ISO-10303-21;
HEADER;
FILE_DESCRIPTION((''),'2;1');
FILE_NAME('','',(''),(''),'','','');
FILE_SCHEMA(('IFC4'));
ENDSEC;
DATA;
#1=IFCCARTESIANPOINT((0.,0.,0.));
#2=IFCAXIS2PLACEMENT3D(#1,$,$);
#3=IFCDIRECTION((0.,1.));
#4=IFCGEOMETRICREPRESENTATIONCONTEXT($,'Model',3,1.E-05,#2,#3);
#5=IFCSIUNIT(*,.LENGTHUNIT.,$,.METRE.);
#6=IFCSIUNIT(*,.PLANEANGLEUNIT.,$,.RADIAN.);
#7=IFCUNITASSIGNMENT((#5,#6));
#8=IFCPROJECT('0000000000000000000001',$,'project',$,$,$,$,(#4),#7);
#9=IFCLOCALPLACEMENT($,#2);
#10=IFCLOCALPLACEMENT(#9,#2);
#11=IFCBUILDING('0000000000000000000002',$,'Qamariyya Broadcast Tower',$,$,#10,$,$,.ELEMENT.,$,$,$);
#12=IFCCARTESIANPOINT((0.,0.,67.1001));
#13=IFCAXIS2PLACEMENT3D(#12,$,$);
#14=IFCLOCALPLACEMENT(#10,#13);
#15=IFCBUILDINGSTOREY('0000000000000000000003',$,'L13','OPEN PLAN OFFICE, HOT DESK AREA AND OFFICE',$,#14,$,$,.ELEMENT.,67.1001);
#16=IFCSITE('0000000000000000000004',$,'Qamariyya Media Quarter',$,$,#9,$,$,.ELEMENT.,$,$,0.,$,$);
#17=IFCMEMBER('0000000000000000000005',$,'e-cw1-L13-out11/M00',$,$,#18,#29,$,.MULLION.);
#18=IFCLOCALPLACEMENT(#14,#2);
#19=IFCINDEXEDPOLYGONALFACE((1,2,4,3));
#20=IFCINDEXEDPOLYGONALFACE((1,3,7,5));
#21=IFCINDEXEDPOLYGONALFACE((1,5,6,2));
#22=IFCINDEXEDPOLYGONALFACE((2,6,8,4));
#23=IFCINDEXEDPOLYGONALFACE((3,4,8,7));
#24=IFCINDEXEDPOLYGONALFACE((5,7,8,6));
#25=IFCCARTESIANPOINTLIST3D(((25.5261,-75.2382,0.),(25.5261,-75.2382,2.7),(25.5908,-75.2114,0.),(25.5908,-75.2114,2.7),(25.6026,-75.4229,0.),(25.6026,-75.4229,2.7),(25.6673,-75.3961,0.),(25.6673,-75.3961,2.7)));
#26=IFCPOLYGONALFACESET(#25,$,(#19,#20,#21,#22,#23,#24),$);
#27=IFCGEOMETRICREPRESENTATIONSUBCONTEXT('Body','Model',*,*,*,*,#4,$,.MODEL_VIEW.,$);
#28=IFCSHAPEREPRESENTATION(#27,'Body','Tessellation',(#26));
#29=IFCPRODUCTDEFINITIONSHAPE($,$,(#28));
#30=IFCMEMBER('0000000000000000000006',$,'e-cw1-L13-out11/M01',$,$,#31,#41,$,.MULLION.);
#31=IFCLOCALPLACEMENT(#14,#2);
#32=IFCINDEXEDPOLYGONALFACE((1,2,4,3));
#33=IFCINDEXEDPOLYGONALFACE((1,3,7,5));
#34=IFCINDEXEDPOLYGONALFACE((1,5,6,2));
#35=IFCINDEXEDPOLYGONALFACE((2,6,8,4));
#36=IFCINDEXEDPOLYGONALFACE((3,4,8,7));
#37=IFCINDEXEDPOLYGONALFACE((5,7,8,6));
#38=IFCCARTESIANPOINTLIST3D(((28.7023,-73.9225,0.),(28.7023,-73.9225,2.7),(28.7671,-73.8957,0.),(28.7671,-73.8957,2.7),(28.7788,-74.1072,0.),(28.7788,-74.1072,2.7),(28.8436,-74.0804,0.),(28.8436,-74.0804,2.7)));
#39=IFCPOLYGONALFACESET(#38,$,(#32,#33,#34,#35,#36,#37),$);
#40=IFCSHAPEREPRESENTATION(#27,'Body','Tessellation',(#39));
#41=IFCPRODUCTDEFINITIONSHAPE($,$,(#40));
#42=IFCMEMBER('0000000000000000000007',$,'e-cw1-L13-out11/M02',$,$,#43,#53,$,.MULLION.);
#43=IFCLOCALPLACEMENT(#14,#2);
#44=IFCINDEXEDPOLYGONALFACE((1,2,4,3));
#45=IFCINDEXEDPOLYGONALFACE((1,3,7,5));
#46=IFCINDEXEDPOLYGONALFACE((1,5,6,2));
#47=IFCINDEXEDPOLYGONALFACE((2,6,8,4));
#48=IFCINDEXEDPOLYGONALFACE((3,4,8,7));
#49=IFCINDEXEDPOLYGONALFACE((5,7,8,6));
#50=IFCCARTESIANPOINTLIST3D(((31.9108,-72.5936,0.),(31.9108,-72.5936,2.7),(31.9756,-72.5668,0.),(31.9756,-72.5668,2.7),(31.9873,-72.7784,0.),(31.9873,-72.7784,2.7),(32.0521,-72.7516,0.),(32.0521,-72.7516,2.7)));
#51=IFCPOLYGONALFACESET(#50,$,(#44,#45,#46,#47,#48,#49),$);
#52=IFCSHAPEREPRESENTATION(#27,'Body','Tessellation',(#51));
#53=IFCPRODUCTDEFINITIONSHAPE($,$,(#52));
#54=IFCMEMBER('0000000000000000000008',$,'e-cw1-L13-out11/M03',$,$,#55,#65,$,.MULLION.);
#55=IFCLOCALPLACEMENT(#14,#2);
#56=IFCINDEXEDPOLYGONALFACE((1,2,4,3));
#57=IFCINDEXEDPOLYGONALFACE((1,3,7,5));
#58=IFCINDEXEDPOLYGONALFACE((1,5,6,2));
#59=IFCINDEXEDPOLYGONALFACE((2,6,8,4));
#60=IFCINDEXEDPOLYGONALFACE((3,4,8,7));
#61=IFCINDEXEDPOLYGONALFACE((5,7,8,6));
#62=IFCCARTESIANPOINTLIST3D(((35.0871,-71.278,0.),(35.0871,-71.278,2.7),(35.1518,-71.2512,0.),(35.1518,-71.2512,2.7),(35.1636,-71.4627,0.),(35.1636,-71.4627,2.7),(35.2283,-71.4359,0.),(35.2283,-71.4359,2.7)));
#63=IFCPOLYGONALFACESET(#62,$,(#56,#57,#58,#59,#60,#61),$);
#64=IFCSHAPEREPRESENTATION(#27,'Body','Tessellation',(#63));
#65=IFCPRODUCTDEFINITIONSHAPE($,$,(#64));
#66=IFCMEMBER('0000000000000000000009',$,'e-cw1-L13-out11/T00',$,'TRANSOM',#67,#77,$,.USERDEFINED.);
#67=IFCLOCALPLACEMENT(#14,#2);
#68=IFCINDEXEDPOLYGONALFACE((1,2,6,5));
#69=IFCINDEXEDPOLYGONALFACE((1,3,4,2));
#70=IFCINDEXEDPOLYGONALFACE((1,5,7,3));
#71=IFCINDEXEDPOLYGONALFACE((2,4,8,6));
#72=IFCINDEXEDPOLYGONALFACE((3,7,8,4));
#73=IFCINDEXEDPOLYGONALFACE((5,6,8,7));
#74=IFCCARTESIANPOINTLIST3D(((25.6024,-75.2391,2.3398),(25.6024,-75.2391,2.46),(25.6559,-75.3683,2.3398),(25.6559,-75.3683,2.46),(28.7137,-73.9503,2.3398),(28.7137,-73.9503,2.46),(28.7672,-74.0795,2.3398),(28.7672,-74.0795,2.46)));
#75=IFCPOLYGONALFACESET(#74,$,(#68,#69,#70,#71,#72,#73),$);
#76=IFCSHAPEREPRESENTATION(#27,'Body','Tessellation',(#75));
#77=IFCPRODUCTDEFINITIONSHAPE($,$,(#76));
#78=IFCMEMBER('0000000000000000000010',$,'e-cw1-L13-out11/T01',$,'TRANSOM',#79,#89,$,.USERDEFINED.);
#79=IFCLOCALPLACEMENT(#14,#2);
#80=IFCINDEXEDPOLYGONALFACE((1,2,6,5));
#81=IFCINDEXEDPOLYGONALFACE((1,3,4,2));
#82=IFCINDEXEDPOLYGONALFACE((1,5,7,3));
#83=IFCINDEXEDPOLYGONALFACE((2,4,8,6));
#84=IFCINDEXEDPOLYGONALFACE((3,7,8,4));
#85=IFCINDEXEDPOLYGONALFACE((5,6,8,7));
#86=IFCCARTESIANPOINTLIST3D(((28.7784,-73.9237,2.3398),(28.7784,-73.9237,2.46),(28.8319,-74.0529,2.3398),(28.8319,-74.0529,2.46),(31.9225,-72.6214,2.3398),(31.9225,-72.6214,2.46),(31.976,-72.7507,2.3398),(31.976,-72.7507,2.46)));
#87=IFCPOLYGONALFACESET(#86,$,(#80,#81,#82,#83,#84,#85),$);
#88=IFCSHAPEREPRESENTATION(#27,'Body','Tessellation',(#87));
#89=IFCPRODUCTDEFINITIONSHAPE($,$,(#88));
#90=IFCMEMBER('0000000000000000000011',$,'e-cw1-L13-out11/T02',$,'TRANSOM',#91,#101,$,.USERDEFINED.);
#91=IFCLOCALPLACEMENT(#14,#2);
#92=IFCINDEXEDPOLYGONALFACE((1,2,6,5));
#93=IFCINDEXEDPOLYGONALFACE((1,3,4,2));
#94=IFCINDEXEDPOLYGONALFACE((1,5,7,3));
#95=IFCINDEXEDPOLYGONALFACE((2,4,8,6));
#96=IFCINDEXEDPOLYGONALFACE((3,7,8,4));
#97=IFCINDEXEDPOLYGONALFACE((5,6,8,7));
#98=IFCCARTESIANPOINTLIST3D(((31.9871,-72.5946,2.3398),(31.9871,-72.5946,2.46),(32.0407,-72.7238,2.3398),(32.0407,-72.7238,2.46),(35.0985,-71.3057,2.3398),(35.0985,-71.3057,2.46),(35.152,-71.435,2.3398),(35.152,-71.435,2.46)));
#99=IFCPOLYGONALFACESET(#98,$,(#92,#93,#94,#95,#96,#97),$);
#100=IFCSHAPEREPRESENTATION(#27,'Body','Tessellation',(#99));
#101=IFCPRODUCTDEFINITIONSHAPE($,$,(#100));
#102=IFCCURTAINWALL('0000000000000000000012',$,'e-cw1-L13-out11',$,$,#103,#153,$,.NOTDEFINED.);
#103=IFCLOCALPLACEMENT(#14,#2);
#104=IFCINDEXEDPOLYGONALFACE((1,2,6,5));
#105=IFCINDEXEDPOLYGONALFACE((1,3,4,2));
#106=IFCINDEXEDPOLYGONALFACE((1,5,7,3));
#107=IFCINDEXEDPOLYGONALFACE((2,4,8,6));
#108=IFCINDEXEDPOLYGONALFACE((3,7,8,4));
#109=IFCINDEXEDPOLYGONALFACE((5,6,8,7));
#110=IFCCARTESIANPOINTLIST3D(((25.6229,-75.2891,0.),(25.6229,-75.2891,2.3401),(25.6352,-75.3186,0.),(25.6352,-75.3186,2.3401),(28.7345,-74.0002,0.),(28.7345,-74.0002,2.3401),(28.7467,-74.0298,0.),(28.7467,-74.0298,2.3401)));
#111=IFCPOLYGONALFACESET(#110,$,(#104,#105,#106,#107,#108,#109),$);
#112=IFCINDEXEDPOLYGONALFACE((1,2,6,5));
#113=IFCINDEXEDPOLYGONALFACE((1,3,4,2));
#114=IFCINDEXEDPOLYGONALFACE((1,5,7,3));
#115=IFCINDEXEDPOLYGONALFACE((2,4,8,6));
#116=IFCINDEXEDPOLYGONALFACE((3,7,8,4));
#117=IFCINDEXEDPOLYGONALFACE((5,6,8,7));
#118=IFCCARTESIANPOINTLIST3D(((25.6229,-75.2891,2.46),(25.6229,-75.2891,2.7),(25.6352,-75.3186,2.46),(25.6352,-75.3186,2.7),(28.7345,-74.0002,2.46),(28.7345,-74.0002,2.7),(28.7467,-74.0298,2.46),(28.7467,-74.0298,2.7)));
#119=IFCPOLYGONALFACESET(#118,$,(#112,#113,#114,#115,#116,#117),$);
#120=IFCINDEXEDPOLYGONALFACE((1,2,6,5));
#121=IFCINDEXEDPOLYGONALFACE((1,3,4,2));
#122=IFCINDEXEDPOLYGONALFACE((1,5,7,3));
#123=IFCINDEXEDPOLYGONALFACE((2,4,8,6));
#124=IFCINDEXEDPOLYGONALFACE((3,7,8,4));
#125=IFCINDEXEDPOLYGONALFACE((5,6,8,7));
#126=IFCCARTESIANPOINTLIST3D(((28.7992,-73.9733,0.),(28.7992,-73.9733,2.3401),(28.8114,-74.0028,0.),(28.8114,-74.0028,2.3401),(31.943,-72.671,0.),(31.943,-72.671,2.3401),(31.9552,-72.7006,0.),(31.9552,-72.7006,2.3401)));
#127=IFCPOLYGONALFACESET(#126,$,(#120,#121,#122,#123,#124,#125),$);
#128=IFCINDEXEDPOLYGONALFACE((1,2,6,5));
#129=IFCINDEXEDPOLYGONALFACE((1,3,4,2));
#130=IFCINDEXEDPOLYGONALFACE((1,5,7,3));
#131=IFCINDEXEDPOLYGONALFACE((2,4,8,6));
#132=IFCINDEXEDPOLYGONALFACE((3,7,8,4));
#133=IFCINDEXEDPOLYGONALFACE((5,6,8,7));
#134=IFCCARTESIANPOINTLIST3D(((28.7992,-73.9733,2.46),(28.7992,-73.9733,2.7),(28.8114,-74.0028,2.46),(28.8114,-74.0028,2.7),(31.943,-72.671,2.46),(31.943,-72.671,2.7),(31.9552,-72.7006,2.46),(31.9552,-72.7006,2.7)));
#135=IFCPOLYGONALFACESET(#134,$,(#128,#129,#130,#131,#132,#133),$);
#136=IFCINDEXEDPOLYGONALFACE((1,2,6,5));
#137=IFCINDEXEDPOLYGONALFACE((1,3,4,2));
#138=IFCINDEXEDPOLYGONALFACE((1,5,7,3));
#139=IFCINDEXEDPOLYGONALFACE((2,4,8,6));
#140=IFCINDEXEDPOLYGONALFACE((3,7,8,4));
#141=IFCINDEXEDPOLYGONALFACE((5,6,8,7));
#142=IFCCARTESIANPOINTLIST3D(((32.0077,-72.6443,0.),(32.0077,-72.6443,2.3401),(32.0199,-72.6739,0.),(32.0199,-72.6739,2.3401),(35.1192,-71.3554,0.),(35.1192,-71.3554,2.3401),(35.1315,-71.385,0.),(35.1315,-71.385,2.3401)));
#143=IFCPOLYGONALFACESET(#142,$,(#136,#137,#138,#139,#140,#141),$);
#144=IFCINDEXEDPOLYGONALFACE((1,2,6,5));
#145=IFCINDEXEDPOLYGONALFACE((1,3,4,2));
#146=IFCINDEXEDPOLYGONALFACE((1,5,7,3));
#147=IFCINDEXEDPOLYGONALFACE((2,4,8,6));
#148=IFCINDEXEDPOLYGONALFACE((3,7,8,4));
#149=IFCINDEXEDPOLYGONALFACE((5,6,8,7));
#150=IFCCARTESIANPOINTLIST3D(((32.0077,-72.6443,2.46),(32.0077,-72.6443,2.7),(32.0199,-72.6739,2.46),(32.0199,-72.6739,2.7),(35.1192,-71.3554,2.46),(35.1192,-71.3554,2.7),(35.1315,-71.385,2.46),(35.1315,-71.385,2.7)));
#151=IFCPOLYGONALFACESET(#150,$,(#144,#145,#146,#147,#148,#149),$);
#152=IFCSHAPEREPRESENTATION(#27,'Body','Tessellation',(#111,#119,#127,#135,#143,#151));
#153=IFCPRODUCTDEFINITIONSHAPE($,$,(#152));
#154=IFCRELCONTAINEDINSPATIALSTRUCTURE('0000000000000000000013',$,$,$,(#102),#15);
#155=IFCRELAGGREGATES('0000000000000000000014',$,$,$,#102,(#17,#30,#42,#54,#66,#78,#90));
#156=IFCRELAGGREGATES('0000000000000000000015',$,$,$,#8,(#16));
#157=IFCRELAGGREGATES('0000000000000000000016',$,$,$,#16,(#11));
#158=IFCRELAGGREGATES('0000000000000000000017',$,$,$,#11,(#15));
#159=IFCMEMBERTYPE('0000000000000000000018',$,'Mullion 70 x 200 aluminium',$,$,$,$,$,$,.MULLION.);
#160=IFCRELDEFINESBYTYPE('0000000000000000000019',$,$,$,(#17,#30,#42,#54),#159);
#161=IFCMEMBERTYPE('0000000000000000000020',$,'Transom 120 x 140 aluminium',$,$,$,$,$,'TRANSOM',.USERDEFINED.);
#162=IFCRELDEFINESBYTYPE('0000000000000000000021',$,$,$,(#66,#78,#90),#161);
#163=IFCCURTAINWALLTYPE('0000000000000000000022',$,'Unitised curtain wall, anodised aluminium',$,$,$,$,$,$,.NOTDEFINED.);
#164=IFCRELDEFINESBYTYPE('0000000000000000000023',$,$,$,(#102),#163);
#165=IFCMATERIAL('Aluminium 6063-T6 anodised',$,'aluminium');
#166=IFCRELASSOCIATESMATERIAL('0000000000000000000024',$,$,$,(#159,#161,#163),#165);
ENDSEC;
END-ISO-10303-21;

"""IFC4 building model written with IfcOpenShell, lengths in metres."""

from ifc_helpers import new_model, si_unit, direction, frame, origin, origin_2d, place, context, subcontext, project, spatial, rectangle, extrude, material, material_profile, profile_set, type_object, element, aggregate, save


model = new_model("IFC4")

# Units and contexts
model_context = context("Model", 3, precision=1e-05, world=origin(), true_north=direction((0.0, 1.0)))
body_context = subcontext(model_context, "Body", "Model", "MODEL_VIEW")
ifc_project = project(units=[si_unit("LENGTHUNIT", "METRE"), si_unit("PLANEANGLEUNIT", "RADIAN")], contexts=[model_context])

# Members
ifc_material = material(Name="Aluminium 6063-T6 anodised", Category="aluminium")
ifc_material_profile_1 = material_profile(ifc_material, rectangle(XDim=0.2, YDim=0.0701, at=origin_2d()))
ifc_profile_set_1 = profile_set([ifc_material_profile_1], Name="Aluminium 6063-T6 anodised")
member_type_1 = type_object("IfcMemberType", Name="Mullion 70 x 200 aluminium", PredefinedType="MULLION", material=ifc_profile_set_1)
site_placement = place(None, origin())
building_placement = place(site_placement, origin())
storey_placement = place(building_placement, frame((0.0, 0.0, 67.1001)))
member_1_placement = place(storey_placement, frame((25.5967, -75.3171, 0.0), z_axis=(0.0, 0.0, 1.0), x_axis=(-0.382683, 0.92388, 0.0)))
member_1 = element("IfcMember", 1, at=member_1_placement, type_object=member_type_1, Name="e-cw1-L13-out11/M00", PredefinedType="MULLION", context=body_context, shape_type="SweptSolid", body=[
    extrude(rectangle(XDim=0.2, YDim=0.0701, at=origin_2d()), origin(), (0.0, 0.0, 1.0), 2.7),
])
member_2_placement = place(storey_placement, frame((28.7729, -74.0015, 0.0), z_axis=(0.0, 0.0, 1.0), x_axis=(-0.382683, 0.92388, 0.0)))
member_2 = element("IfcMember", 2, at=member_2_placement, type_object=member_type_1, Name="e-cw1-L13-out11/M01", PredefinedType="MULLION", context=body_context, shape_type="SweptSolid", body=[
    extrude(rectangle(XDim=0.2, YDim=0.0701, at=origin_2d()), origin(), (0.0, 0.0, 1.0), 2.7),
])
member_3_placement = place(storey_placement, frame((31.9814, -72.6726, 0.0), z_axis=(0.0, 0.0, 1.0), x_axis=(-0.382683, 0.92388, 0.0)))
member_3 = element("IfcMember", 3, at=member_3_placement, type_object=member_type_1, Name="e-cw1-L13-out11/M02", PredefinedType="MULLION", context=body_context, shape_type="SweptSolid", body=[
    extrude(rectangle(XDim=0.2, YDim=0.0701, at=origin_2d()), origin(), (0.0, 0.0, 1.0), 2.7),
])
member_4_placement = place(storey_placement, frame((35.1577, -71.3569, 0.0), z_axis=(0.0, 0.0, 1.0), x_axis=(-0.382683, 0.92388, 0.0)))
member_4 = element("IfcMember", 4, at=member_4_placement, type_object=member_type_1, Name="e-cw1-L13-out11/M03", PredefinedType="MULLION", context=body_context, shape_type="SweptSolid", body=[
    extrude(rectangle(XDim=0.2, YDim=0.0701, at=origin_2d()), origin(), (0.0, 0.0, 1.0), 2.7),
])
ifc_material_profile_2 = material_profile(ifc_material, rectangle(XDim=0.1399, YDim=0.1201, at=origin_2d()))
ifc_profile_set_2 = profile_set([ifc_material_profile_2], Name="Aluminium 6063-T6 anodised")
member_type_2 = type_object("IfcMemberType", Name="Transom 120 x 140 aluminium", ElementType="TRANSOM", PredefinedType="USERDEFINED", material=ifc_profile_set_2)
member_5_placement = place(storey_placement, frame((25.6292, -75.3037, 2.3999), z_axis=(0.923873, 0.3827, 0.0), x_axis=(-0.3827, 0.923873, 0.0)))
member_5 = element("IfcMember", 5, at=member_5_placement, type_object=member_type_2, Name="e-cw1-L13-out11/T00", ObjectType="TRANSOM", PredefinedType="USERDEFINED", context=body_context, shape_type="SweptSolid", body=[
    extrude(rectangle(XDim=0.1399, YDim=0.1201, at=origin_2d()), origin(), (0.0, 0.0, 1.0), 3.3677),
])
member_6_placement = place(storey_placement, frame((28.8052, -73.9883, 2.3999), z_axis=(0.923886, 0.382669, 0.0), x_axis=(-0.382669, 0.923886, 0.0)))
member_6 = element("IfcMember", 6, at=member_6_placement, type_object=member_type_2, Name="e-cw1-L13-out11/T01", ObjectType="TRANSOM", PredefinedType="USERDEFINED", context=body_context, shape_type="SweptSolid", body=[
    extrude(rectangle(XDim=0.1399, YDim=0.1201, at=origin_2d()), origin(), (0.0, 0.0, 1.0), 3.4031),
])
member_7_placement = place(storey_placement, frame((32.0139, -72.6592, 2.3999), z_axis=(0.923873, 0.3827, 0.0), x_axis=(-0.3827, 0.923873, 0.0)))
member_7 = element("IfcMember", 7, at=member_7_placement, type_object=member_type_2, Name="e-cw1-L13-out11/T02", ObjectType="TRANSOM", PredefinedType="USERDEFINED", context=body_context, shape_type="SweptSolid", body=[
    extrude(rectangle(XDim=0.1399, YDim=0.1201, at=origin_2d()), origin(), (0.0, 0.0, 1.0), 3.3677),
])

# Site, building, storey
site = spatial("IfcSite", under=ifc_project, at=site_placement, Name="Qamariyya Media Quarter", CompositionType="ELEMENT", RefElevation=0.0)
building = spatial("IfcBuilding", under=site, at=building_placement, Name="Qamariyya Broadcast Tower", CompositionType="ELEMENT")
storey = spatial("IfcBuildingStorey", under=building, at=storey_placement, Name="L13", Description="OPEN PLAN OFFICE, HOT DESK AREA AND OFFICE", CompositionType="ELEMENT", Elevation=67.1001)

# Curtain wall
curtain_wall_type = type_object("IfcCurtainWallType", Name="Unitised curtain wall, anodised aluminium", PredefinedType="NOTDEFINED", material=ifc_material)
curtain_wall_1_placement = place(storey_placement, origin())
curtain_wall_1 = element("IfcCurtainWall", 8, at=curtain_wall_1_placement, inside=storey, type_object=curtain_wall_type, Name="e-cw1-L13-out11", PredefinedType="NOTDEFINED", context=body_context, shape_type="SweptSolid", body=[
    extrude(rectangle(XDim=3.3679, YDim=0.032, at=origin_2d()), frame((27.1848, -74.6594, 0.0), x_axis=(0.923878, 0.382688, 0.0)), (0.0, 0.0, 1.0), 2.3401),
    extrude(rectangle(XDim=3.3679, YDim=0.032, at=origin_2d()), frame((27.1848, -74.6594, 2.46), x_axis=(0.923878, 0.382688, 0.0)), (0.0, 0.0, 1.0), 0.24),
    extrude(rectangle(XDim=3.4028, YDim=0.032, at=origin_2d()), frame((30.3772, -73.3369, 0.0), x_axis=(0.923878, 0.382688, 0.0)), (0.0, 0.0, 1.0), 2.3401),
    extrude(rectangle(XDim=3.4028, YDim=0.032, at=origin_2d()), frame((30.3772, -73.3369, 2.46), x_axis=(0.923878, 0.382688, 0.0)), (0.0, 0.0, 1.0), 0.24),
    extrude(rectangle(XDim=3.3679, YDim=0.032, at=origin_2d()), frame((33.5696, -72.0146, 0.0), x_axis=(0.923878, 0.382688, 0.0)), (0.0, 0.0, 1.0), 2.3401),
    extrude(rectangle(XDim=3.3679, YDim=0.032, at=origin_2d()), frame((33.5696, -72.0146, 2.46), x_axis=(0.923878, 0.382688, 0.0)), (0.0, 0.0, 1.0), 0.24),
])
aggregate(curtain_wall_1, [member_1, member_2, member_3, member_4, member_5, member_6, member_7])

save(model, "model.ifc")
